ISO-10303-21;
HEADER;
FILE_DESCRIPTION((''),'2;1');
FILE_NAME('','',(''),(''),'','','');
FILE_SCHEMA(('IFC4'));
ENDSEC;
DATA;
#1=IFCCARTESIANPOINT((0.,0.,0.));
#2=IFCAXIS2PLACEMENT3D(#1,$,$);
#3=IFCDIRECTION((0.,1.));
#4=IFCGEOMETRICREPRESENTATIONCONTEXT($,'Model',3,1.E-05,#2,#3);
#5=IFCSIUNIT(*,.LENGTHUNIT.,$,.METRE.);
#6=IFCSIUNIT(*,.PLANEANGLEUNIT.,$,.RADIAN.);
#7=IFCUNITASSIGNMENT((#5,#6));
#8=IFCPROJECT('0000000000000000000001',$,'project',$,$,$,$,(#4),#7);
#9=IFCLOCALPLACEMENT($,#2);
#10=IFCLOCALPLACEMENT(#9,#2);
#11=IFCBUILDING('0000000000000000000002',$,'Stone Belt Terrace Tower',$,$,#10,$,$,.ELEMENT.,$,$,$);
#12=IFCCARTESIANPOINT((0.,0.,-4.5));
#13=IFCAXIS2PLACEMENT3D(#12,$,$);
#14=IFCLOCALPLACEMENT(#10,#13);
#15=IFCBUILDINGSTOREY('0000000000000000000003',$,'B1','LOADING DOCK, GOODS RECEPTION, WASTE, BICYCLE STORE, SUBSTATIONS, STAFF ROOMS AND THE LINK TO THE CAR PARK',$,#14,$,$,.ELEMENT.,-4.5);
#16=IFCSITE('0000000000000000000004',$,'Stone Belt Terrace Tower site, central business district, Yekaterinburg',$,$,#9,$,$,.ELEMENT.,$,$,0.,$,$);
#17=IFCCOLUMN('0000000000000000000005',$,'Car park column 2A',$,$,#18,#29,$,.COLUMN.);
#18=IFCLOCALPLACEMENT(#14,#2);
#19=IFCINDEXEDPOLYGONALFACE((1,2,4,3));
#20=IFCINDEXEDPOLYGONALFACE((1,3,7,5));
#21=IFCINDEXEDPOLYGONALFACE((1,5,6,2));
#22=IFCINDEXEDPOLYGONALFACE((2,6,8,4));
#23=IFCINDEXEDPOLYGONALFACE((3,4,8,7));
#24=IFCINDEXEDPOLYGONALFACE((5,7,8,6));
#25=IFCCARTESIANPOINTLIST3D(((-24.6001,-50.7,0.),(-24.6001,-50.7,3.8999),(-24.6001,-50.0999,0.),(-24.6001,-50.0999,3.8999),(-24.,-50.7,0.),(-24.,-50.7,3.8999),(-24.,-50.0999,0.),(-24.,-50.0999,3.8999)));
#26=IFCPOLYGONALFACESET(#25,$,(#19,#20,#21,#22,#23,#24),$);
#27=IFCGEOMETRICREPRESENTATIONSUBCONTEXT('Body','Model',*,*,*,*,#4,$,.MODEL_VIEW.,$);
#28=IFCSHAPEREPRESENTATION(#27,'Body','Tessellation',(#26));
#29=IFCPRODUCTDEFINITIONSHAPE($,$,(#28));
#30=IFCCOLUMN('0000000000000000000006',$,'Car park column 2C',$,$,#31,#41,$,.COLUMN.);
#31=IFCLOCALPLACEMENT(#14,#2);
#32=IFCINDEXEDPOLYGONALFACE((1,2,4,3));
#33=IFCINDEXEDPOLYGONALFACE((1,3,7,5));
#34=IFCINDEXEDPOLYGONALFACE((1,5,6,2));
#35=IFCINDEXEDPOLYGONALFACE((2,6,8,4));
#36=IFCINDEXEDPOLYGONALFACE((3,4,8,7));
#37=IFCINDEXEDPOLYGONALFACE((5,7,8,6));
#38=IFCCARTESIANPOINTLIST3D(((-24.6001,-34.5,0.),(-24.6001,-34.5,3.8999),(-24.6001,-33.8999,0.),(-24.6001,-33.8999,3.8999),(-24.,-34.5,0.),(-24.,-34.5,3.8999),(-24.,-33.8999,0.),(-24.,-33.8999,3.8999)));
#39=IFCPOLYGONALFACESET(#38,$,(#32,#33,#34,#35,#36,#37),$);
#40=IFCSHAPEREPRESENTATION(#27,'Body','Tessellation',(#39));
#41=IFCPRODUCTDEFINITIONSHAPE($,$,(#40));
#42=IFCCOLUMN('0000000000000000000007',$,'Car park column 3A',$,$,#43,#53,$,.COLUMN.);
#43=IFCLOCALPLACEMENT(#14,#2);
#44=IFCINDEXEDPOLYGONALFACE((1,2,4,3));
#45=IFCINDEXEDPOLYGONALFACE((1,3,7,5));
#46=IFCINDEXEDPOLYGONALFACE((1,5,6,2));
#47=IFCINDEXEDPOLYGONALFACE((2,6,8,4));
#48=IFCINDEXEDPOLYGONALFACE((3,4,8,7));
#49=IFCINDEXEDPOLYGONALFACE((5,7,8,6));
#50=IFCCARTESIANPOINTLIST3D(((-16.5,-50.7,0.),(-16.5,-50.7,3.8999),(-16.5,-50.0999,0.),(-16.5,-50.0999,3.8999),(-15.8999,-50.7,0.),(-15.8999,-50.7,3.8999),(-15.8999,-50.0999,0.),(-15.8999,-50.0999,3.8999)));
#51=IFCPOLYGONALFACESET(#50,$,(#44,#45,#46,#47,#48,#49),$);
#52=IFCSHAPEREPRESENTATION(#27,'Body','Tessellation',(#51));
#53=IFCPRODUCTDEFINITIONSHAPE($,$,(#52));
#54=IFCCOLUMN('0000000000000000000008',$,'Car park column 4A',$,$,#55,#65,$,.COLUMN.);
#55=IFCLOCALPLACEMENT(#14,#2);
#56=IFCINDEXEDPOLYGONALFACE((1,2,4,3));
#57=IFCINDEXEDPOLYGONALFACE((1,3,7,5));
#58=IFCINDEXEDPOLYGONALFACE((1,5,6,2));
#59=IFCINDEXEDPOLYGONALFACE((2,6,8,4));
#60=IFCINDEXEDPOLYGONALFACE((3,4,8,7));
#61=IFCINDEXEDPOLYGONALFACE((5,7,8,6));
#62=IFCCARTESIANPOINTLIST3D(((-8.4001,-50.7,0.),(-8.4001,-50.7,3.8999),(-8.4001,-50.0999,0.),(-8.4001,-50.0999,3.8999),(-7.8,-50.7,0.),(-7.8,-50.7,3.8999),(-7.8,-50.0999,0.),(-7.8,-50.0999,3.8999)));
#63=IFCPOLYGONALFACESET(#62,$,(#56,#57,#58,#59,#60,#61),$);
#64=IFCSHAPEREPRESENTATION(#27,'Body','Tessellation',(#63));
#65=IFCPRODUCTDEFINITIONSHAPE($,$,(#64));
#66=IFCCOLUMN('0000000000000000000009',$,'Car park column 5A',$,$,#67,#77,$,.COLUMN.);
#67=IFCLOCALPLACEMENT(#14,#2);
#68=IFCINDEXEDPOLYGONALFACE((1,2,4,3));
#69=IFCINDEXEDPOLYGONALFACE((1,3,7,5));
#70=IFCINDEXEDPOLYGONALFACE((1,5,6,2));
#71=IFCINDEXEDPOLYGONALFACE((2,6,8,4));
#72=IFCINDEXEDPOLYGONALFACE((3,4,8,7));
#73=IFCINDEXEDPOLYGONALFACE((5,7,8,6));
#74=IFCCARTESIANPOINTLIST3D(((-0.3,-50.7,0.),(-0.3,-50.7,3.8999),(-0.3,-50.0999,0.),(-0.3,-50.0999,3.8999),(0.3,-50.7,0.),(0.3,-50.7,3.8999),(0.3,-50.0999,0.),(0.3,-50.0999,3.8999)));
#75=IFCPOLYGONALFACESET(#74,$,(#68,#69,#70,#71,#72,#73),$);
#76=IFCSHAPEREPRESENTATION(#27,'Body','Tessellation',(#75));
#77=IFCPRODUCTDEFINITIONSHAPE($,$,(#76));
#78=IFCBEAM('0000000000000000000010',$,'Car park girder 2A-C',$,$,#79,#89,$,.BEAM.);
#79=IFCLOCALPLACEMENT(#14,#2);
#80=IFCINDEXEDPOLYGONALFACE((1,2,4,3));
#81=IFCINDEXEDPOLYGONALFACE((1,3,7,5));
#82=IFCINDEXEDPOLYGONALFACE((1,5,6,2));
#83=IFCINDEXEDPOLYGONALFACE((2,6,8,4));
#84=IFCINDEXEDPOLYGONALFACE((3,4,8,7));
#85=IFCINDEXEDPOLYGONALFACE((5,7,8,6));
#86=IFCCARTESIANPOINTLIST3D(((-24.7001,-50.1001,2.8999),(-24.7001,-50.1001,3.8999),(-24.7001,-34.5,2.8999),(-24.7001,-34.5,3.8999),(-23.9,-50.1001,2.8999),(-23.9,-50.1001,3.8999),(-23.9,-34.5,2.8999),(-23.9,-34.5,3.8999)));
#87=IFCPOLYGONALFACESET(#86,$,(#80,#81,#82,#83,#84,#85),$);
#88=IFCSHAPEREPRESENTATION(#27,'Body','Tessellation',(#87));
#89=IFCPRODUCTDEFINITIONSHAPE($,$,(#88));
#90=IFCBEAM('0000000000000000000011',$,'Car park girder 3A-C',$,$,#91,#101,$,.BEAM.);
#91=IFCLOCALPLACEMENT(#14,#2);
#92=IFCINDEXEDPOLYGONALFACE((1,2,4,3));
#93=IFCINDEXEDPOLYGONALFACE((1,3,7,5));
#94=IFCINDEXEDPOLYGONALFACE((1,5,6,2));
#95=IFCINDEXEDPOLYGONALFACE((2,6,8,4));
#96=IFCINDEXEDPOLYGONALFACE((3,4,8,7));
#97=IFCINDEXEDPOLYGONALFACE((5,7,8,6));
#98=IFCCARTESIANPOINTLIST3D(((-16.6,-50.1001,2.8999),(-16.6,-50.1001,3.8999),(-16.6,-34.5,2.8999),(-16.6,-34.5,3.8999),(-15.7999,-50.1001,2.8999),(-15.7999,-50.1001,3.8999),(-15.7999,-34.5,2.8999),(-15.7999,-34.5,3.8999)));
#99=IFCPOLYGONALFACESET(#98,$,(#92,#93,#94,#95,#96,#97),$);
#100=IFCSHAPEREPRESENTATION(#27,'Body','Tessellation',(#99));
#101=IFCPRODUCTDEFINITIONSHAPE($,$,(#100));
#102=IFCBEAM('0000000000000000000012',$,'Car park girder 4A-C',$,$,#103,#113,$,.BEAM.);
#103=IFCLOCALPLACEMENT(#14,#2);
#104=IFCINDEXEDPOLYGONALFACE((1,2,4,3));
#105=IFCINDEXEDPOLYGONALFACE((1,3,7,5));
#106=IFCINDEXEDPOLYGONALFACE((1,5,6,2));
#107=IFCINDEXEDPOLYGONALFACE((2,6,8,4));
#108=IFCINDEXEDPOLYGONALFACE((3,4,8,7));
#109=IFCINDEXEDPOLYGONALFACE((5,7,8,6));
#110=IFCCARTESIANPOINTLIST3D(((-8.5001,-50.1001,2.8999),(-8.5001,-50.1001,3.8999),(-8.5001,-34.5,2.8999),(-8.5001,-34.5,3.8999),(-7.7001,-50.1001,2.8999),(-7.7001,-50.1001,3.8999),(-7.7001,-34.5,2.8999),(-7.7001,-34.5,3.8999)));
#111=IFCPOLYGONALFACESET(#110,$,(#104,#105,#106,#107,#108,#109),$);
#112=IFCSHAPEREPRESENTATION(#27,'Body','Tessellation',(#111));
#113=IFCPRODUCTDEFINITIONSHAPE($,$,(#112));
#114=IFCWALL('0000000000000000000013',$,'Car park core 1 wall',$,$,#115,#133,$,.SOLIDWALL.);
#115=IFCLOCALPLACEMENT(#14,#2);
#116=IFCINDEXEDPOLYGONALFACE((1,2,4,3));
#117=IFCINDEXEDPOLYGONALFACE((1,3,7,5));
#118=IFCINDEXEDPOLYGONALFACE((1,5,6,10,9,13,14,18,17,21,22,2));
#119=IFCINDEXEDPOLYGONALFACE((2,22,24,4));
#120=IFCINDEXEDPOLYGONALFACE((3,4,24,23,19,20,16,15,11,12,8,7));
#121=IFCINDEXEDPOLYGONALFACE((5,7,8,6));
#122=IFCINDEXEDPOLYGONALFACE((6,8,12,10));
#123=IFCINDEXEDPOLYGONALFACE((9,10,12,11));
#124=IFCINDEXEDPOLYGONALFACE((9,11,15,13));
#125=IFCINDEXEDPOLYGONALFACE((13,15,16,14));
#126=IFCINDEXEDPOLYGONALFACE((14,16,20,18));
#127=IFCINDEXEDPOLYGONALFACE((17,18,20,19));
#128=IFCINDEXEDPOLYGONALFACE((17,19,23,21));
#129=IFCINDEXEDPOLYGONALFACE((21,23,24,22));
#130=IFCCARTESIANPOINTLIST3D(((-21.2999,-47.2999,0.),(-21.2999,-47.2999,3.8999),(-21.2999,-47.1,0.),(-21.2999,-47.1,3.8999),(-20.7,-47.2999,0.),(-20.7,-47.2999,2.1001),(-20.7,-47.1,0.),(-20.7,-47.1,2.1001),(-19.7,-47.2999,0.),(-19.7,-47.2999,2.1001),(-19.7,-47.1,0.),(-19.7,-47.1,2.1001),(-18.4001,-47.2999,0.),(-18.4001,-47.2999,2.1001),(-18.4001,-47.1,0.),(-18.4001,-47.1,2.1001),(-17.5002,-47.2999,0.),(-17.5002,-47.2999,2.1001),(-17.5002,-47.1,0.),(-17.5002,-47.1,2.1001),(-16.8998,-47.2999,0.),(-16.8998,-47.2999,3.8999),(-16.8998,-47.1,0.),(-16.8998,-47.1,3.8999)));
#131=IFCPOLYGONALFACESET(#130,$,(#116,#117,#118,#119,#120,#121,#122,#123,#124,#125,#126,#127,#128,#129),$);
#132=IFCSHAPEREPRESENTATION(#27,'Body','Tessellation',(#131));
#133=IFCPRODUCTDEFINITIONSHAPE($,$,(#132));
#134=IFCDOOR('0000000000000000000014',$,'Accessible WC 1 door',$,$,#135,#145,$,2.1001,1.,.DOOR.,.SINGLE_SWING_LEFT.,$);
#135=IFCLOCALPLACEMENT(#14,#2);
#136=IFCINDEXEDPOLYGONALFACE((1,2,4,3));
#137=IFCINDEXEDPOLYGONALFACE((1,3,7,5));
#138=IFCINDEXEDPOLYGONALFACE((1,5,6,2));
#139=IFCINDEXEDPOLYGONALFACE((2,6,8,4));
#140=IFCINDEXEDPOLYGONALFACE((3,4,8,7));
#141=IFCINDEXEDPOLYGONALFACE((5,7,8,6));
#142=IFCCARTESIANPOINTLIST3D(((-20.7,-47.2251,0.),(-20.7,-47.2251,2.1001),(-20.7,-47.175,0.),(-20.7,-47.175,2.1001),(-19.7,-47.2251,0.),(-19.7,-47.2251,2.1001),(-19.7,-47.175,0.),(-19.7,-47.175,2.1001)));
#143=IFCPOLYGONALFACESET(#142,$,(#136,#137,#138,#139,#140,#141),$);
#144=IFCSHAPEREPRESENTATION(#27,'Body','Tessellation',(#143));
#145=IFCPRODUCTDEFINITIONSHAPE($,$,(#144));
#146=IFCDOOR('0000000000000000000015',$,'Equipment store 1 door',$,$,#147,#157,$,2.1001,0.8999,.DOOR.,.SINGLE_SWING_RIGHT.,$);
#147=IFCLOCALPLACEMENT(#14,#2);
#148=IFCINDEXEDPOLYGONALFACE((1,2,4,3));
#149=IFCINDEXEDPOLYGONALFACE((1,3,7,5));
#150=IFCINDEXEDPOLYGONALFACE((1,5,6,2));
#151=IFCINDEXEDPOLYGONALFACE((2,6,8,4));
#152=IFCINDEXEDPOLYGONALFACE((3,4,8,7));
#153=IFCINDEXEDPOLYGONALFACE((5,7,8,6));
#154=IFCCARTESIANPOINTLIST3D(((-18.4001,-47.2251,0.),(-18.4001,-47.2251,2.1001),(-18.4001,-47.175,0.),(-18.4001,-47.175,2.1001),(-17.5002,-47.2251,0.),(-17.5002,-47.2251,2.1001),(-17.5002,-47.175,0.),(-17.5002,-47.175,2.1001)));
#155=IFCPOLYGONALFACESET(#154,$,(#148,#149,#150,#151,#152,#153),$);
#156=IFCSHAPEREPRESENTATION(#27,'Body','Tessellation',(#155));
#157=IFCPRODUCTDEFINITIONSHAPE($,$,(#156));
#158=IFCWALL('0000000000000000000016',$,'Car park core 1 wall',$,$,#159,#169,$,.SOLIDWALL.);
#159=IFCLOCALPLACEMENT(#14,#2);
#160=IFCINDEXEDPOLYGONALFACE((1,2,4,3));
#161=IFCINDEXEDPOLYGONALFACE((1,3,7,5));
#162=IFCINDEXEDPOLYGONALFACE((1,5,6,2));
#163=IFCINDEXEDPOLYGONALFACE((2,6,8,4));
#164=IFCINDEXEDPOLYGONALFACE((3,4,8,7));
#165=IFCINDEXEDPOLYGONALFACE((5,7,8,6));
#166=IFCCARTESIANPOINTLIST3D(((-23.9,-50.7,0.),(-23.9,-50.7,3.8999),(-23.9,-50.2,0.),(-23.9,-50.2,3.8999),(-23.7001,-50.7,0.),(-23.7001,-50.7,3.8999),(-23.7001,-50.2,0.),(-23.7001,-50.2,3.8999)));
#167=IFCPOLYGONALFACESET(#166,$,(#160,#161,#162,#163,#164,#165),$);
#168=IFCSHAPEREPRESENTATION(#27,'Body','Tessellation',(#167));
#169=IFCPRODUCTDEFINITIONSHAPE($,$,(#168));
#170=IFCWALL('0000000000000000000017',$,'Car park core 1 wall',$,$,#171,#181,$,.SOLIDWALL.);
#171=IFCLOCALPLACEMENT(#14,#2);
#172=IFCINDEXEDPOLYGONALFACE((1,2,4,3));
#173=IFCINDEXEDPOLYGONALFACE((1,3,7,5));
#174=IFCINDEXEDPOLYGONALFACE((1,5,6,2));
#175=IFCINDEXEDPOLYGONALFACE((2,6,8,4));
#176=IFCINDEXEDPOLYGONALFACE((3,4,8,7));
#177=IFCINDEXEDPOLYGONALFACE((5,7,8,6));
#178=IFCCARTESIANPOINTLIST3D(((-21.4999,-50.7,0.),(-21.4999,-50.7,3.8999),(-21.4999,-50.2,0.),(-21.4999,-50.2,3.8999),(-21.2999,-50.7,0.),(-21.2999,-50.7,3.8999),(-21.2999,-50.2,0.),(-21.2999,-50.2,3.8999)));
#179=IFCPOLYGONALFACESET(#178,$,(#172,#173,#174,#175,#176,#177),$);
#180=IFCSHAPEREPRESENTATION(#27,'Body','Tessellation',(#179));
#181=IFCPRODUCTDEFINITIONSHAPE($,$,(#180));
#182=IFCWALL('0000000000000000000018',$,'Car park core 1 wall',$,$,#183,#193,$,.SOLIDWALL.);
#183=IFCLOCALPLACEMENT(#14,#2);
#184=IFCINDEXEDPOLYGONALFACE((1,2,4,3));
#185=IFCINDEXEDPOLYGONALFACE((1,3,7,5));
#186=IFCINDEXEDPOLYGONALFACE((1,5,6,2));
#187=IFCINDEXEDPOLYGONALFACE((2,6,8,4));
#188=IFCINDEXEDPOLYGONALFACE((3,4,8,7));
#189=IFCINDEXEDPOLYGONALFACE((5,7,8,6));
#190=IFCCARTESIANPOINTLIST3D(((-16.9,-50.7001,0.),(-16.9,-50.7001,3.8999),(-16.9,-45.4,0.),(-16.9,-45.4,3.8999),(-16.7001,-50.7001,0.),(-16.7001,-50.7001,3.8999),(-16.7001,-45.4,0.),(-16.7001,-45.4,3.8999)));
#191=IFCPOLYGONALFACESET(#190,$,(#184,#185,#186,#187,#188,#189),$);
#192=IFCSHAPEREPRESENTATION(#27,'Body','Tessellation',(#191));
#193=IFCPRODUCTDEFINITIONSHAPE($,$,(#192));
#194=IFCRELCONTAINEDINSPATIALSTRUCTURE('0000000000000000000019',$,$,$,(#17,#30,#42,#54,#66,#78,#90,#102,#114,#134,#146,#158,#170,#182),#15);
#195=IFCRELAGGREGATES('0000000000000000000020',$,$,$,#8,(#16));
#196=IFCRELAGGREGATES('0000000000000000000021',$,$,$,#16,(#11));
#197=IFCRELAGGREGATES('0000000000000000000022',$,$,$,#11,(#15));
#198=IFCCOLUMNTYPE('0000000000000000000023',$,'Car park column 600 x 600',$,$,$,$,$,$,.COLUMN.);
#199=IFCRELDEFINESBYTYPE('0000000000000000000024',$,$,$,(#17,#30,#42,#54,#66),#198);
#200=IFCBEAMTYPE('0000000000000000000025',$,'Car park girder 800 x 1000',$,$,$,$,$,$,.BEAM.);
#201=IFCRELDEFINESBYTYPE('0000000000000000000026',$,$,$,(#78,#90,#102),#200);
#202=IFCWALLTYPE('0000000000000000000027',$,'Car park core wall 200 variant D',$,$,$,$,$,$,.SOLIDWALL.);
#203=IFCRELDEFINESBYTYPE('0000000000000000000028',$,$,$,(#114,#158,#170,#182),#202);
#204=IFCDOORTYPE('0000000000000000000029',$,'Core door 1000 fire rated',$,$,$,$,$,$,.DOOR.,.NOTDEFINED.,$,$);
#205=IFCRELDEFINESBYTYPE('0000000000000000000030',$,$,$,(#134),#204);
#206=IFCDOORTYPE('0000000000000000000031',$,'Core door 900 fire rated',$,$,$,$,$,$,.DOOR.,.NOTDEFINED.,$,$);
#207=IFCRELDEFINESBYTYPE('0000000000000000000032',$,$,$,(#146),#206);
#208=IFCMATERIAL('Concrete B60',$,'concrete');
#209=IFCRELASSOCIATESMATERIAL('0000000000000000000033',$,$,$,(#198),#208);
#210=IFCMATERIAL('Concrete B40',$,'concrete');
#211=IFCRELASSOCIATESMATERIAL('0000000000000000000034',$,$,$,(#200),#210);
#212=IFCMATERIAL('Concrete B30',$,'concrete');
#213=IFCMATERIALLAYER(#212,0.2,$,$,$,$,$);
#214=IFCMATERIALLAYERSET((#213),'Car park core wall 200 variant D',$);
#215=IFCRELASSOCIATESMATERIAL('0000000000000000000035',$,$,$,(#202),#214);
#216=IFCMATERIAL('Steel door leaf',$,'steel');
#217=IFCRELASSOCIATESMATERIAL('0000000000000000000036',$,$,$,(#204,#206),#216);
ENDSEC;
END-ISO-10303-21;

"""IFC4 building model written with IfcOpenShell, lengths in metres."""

from ifc_helpers import new_model, si_unit, direction, frame, frame_2d, origin, origin_2d, place, context, subcontext, project, spatial, rectangle, extrude, material, layer, layer_set, material_profile, profile_set, type_object, element, fill, save


model = new_model("IFC4")

# Units and contexts
model_context = context("Model", 3, precision=1e-05, world=origin(), true_north=direction((0.0, 1.0)))
body_context = subcontext(model_context, "Body", "Model", "MODEL_VIEW")
ifc_project = project(units=[si_unit("LENGTHUNIT", "METRE"), si_unit("PLANEANGLEUNIT", "RADIAN")], contexts=[model_context])

# Site, building, storey
site_placement = place(None, origin())
site = spatial("IfcSite", under=ifc_project, at=site_placement, Name="Stone Belt Terrace Tower site, central business district, Yekaterinburg", CompositionType="ELEMENT", RefElevation=0.0)
building_placement = place(site_placement, origin())
building = spatial("IfcBuilding", under=site, at=building_placement, Name="Stone Belt Terrace Tower", CompositionType="ELEMENT")
storey_placement = place(building_placement, frame((0.0, 0.0, -4.5)))
storey = spatial("IfcBuildingStorey", under=building, at=storey_placement, Name="B1", Description="LOADING DOCK, GOODS RECEPTION, WASTE, BICYCLE STORE, SUBSTATIONS, STAFF ROOMS AND THE LINK TO THE CAR PARK", CompositionType="ELEMENT", Elevation=-4.5)

# Columns
ifc_material_1 = material(Name="Concrete B60", Category="concrete")
ifc_material_profile_1 = material_profile(ifc_material_1, rectangle(XDim=0.6001, YDim=0.6001, at=origin_2d()), Name="Car park column 600 x 600")
ifc_profile_set_1 = profile_set([ifc_material_profile_1], Name="Concrete B60")
column_type = type_object("IfcColumnType", Name="Car park column 600 x 600", PredefinedType="COLUMN", material=ifc_profile_set_1)
for number, where, z_axis, x_axis, name in (
    (1, (-24.3, -50.3999, 0.0), (0.0, 0.0, 1.0), (1.0, 0.0, 0.0), "Car park column 2A"),
    (2, (-24.3, -34.2, 0.0), (0.0, 0.0, 1.0), (1.0, 0.0, 0.0), "Car park column 2C"),
    (3, (-16.2, -50.3999, 0.0), (0.0, 0.0, 1.0), (1.0, 0.0, 0.0), "Car park column 3A"),
    (4, (-8.1001, -50.3999, 0.0), (0.0, 0.0, 1.0), (1.0, 0.0, 0.0), "Car park column 4A"),
    (5, (0.0, -50.3999, 0.0), (0.0, 0.0, 1.0), (1.0, 0.0, 0.0), "Car park column 5A"),
):
    element("IfcColumn", number, at=place(storey_placement, frame(where, z_axis=z_axis, x_axis=x_axis)), inside=storey, type_object=column_type, Name=name, PredefinedType="COLUMN", context=body_context, shape_type="SweptSolid", body=[
        extrude(rectangle(XDim=0.6001, YDim=0.6001, at=origin_2d()), origin(), (0.0, 0.0, 1.0), 3.8999),
    ])

# Beams
ifc_material_2 = material(Name="Concrete B40", Category="concrete")
ifc_material_profile_2 = material_profile(ifc_material_2, rectangle(XDim=0.8, YDim=1.0, at=origin_2d()), Name="Car park girder 800 x 1000")
ifc_profile_set_2 = profile_set([ifc_material_profile_2], Name="Concrete B40")
beam_type = type_object("IfcBeamType", Name="Car park girder 800 x 1000", PredefinedType="BEAM", material=ifc_profile_set_2)
for number, where, z_axis, x_axis, name in (
    (6, (-24.3, -50.1001, 3.3999), (0.0, 1.0, 0.0), (-1.0, 0.0, 0.0), "Car park girder 2A-C"),
    (7, (-16.2, -50.1001, 3.3999), (0.0, 1.0, 0.0), (-1.0, 0.0, 0.0), "Car park girder 3A-C"),
    (8, (-8.1001, -50.1001, 3.3999), (0.0, 1.0, 0.0), (-1.0, 0.0, 0.0), "Car park girder 4A-C"),
):
    element("IfcBeam", number, at=place(storey_placement, frame(where, z_axis=z_axis, x_axis=x_axis)), inside=storey, type_object=beam_type, Name=name, PredefinedType="BEAM", context=body_context, shape_type="SweptSolid", body=[
        extrude(rectangle(XDim=0.8, YDim=1.0, at=origin_2d()), origin(), (0.0, 0.0, 1.0), 15.6001),
    ])

# Wall, openings, doors
ifc_material_3 = material(Name="Concrete B30", Category="concrete")
ifc_layer_1 = layer(ifc_material_3, 0.2)
ifc_layer_set_1 = layer_set([ifc_layer_1], Name="Car park core wall 200 variant D")
wall_type_1 = type_object("IfcWallType", Name="Car park core wall 200 variant D", PredefinedType="SOLIDWALL", material=ifc_layer_set_1)
wall_1_placement = place(storey_placement, frame((-21.3, -47.2, 0.0), z_axis=(0.0, 0.0, 1.0), x_axis=(1.0, 0.0, 0.0)))
wall_1 = element("IfcWall", 9, at=wall_1_placement, inside=storey, type_object=wall_type_1, Name="Car park core 1 wall", PredefinedType="SOLIDWALL", context=body_context, shape_type="SweptSolid", body=[
    extrude(rectangle(XDim=4.4001, YDim=0.2, at=frame_2d((2.2002, 0.0))), origin(), (0.0, 0.0, 1.0), 3.8999),
])
opening_1_placement = place(wall_1_placement, frame((0.6001, 0.0, 0.0)))
opening_1 = element("IfcOpeningElement", 10, at=opening_1_placement, cuts=wall_1, PredefinedType="OPENING", context=body_context, shape_type="SweptSolid", body=[
    extrude(rectangle(XDim=1.0, YDim=2.1001, at=frame_2d((0.5, 1.05))), frame((0.0, 0.1099, 0.0), z_axis=(0.0, -1.0, 0.0), x_axis=(1.0, 0.0, 0.0)), (0.0, 0.0, 1.0), 0.22),
])
opening_2_placement = place(wall_1_placement, frame((2.8999, 0.0, 0.0)))
opening_2 = element("IfcOpeningElement", 11, at=opening_2_placement, cuts=wall_1, PredefinedType="OPENING", context=body_context, shape_type="SweptSolid", body=[
    extrude(rectangle(XDim=0.8999, YDim=2.1001, at=frame_2d((0.45, 1.05))), frame((0.0, 0.1099, 0.0), z_axis=(0.0, -1.0, 0.0), x_axis=(1.0, 0.0, 0.0)), (0.0, 0.0, 1.0), 0.22),
])
ifc_material_4 = material(Name="Steel door leaf", Category="steel")
door_type_1 = type_object("IfcDoorType", Name="Core door 1000 fire rated", OperationType="NOTDEFINED", PredefinedType="DOOR", material=ifc_material_4)
door_1_placement = place(opening_1_placement, origin())
door_1 = element("IfcDoor", 12, at=door_1_placement, inside=storey, type_object=door_type_1, Name="Accessible WC 1 door", OperationType="SINGLE_SWING_LEFT", OverallHeight=2.1001, OverallWidth=1.0, PredefinedType="DOOR", context=body_context, shape_type="SweptSolid", body=[
    extrude(rectangle(XDim=1.0, YDim=2.1001, at=frame_2d((0.5, 1.05))), frame((0.0, 0.0249, 0.0), z_axis=(0.0, -1.0, 0.0), x_axis=(1.0, 0.0, 0.0)), (0.0, 0.0, 1.0), 0.05),
])
fill(opening_1, door_1)
door_type_2 = type_object("IfcDoorType", Name="Core door 900 fire rated", OperationType="NOTDEFINED", PredefinedType="DOOR", material=ifc_material_4)
door_2_placement = place(opening_2_placement, origin())
door_2 = element("IfcDoor", 13, at=door_2_placement, inside=storey, type_object=door_type_2, Name="Equipment store 1 door", OperationType="SINGLE_SWING_RIGHT", OverallHeight=2.1001, OverallWidth=0.8999, PredefinedType="DOOR", context=body_context, shape_type="SweptSolid", body=[
    extrude(rectangle(XDim=0.8999, YDim=2.1001, at=frame_2d((0.45, 1.05))), frame((0.0, 0.0249, 0.0), z_axis=(0.0, -1.0, 0.0), x_axis=(1.0, 0.0, 0.0)), (0.0, 0.0, 1.0), 0.05),
])
fill(opening_2, door_2)

# Walls
for number, where, z_axis, x_axis, name in (
    (14, (-23.8, -50.7, 0.0), (0.0, 0.0, 1.0), (0.0, 1.0, 0.0), "Car park core 1 wall"),
    (15, (-21.3999, -50.7, 0.0), (0.0, 0.0, 1.0), (0.0, 1.0, 0.0), "Car park core 1 wall"),
):
    element("IfcWall", number, at=place(storey_placement, frame(where, z_axis=z_axis, x_axis=x_axis)), inside=storey, type_object=wall_type_1, Name=name, PredefinedType="SOLIDWALL", context=body_context, shape_type="SweptSolid", body=[
        extrude(rectangle(XDim=0.5, YDim=0.2, at=frame_2d((0.25, 0.0))), origin(), (0.0, 0.0, 1.0), 3.8999),
    ])
wall_2_placement = place(storey_placement, frame((-16.8, -50.7, 0.0), z_axis=(0.0, 0.0, 1.0), x_axis=(0.0, 1.0, 0.0)))
element("IfcWall", 16, at=wall_2_placement, inside=storey, type_object=wall_type_1, Name="Car park core 1 wall", PredefinedType="SOLIDWALL", context=body_context, shape_type="SweptSolid", body=[
    extrude(rectangle(XDim=5.3, YDim=0.2, at=frame_2d((2.6499, 0.0))), origin(), (0.0, 0.0, 1.0), 3.8999),
])

save(model, "model.ifc")
